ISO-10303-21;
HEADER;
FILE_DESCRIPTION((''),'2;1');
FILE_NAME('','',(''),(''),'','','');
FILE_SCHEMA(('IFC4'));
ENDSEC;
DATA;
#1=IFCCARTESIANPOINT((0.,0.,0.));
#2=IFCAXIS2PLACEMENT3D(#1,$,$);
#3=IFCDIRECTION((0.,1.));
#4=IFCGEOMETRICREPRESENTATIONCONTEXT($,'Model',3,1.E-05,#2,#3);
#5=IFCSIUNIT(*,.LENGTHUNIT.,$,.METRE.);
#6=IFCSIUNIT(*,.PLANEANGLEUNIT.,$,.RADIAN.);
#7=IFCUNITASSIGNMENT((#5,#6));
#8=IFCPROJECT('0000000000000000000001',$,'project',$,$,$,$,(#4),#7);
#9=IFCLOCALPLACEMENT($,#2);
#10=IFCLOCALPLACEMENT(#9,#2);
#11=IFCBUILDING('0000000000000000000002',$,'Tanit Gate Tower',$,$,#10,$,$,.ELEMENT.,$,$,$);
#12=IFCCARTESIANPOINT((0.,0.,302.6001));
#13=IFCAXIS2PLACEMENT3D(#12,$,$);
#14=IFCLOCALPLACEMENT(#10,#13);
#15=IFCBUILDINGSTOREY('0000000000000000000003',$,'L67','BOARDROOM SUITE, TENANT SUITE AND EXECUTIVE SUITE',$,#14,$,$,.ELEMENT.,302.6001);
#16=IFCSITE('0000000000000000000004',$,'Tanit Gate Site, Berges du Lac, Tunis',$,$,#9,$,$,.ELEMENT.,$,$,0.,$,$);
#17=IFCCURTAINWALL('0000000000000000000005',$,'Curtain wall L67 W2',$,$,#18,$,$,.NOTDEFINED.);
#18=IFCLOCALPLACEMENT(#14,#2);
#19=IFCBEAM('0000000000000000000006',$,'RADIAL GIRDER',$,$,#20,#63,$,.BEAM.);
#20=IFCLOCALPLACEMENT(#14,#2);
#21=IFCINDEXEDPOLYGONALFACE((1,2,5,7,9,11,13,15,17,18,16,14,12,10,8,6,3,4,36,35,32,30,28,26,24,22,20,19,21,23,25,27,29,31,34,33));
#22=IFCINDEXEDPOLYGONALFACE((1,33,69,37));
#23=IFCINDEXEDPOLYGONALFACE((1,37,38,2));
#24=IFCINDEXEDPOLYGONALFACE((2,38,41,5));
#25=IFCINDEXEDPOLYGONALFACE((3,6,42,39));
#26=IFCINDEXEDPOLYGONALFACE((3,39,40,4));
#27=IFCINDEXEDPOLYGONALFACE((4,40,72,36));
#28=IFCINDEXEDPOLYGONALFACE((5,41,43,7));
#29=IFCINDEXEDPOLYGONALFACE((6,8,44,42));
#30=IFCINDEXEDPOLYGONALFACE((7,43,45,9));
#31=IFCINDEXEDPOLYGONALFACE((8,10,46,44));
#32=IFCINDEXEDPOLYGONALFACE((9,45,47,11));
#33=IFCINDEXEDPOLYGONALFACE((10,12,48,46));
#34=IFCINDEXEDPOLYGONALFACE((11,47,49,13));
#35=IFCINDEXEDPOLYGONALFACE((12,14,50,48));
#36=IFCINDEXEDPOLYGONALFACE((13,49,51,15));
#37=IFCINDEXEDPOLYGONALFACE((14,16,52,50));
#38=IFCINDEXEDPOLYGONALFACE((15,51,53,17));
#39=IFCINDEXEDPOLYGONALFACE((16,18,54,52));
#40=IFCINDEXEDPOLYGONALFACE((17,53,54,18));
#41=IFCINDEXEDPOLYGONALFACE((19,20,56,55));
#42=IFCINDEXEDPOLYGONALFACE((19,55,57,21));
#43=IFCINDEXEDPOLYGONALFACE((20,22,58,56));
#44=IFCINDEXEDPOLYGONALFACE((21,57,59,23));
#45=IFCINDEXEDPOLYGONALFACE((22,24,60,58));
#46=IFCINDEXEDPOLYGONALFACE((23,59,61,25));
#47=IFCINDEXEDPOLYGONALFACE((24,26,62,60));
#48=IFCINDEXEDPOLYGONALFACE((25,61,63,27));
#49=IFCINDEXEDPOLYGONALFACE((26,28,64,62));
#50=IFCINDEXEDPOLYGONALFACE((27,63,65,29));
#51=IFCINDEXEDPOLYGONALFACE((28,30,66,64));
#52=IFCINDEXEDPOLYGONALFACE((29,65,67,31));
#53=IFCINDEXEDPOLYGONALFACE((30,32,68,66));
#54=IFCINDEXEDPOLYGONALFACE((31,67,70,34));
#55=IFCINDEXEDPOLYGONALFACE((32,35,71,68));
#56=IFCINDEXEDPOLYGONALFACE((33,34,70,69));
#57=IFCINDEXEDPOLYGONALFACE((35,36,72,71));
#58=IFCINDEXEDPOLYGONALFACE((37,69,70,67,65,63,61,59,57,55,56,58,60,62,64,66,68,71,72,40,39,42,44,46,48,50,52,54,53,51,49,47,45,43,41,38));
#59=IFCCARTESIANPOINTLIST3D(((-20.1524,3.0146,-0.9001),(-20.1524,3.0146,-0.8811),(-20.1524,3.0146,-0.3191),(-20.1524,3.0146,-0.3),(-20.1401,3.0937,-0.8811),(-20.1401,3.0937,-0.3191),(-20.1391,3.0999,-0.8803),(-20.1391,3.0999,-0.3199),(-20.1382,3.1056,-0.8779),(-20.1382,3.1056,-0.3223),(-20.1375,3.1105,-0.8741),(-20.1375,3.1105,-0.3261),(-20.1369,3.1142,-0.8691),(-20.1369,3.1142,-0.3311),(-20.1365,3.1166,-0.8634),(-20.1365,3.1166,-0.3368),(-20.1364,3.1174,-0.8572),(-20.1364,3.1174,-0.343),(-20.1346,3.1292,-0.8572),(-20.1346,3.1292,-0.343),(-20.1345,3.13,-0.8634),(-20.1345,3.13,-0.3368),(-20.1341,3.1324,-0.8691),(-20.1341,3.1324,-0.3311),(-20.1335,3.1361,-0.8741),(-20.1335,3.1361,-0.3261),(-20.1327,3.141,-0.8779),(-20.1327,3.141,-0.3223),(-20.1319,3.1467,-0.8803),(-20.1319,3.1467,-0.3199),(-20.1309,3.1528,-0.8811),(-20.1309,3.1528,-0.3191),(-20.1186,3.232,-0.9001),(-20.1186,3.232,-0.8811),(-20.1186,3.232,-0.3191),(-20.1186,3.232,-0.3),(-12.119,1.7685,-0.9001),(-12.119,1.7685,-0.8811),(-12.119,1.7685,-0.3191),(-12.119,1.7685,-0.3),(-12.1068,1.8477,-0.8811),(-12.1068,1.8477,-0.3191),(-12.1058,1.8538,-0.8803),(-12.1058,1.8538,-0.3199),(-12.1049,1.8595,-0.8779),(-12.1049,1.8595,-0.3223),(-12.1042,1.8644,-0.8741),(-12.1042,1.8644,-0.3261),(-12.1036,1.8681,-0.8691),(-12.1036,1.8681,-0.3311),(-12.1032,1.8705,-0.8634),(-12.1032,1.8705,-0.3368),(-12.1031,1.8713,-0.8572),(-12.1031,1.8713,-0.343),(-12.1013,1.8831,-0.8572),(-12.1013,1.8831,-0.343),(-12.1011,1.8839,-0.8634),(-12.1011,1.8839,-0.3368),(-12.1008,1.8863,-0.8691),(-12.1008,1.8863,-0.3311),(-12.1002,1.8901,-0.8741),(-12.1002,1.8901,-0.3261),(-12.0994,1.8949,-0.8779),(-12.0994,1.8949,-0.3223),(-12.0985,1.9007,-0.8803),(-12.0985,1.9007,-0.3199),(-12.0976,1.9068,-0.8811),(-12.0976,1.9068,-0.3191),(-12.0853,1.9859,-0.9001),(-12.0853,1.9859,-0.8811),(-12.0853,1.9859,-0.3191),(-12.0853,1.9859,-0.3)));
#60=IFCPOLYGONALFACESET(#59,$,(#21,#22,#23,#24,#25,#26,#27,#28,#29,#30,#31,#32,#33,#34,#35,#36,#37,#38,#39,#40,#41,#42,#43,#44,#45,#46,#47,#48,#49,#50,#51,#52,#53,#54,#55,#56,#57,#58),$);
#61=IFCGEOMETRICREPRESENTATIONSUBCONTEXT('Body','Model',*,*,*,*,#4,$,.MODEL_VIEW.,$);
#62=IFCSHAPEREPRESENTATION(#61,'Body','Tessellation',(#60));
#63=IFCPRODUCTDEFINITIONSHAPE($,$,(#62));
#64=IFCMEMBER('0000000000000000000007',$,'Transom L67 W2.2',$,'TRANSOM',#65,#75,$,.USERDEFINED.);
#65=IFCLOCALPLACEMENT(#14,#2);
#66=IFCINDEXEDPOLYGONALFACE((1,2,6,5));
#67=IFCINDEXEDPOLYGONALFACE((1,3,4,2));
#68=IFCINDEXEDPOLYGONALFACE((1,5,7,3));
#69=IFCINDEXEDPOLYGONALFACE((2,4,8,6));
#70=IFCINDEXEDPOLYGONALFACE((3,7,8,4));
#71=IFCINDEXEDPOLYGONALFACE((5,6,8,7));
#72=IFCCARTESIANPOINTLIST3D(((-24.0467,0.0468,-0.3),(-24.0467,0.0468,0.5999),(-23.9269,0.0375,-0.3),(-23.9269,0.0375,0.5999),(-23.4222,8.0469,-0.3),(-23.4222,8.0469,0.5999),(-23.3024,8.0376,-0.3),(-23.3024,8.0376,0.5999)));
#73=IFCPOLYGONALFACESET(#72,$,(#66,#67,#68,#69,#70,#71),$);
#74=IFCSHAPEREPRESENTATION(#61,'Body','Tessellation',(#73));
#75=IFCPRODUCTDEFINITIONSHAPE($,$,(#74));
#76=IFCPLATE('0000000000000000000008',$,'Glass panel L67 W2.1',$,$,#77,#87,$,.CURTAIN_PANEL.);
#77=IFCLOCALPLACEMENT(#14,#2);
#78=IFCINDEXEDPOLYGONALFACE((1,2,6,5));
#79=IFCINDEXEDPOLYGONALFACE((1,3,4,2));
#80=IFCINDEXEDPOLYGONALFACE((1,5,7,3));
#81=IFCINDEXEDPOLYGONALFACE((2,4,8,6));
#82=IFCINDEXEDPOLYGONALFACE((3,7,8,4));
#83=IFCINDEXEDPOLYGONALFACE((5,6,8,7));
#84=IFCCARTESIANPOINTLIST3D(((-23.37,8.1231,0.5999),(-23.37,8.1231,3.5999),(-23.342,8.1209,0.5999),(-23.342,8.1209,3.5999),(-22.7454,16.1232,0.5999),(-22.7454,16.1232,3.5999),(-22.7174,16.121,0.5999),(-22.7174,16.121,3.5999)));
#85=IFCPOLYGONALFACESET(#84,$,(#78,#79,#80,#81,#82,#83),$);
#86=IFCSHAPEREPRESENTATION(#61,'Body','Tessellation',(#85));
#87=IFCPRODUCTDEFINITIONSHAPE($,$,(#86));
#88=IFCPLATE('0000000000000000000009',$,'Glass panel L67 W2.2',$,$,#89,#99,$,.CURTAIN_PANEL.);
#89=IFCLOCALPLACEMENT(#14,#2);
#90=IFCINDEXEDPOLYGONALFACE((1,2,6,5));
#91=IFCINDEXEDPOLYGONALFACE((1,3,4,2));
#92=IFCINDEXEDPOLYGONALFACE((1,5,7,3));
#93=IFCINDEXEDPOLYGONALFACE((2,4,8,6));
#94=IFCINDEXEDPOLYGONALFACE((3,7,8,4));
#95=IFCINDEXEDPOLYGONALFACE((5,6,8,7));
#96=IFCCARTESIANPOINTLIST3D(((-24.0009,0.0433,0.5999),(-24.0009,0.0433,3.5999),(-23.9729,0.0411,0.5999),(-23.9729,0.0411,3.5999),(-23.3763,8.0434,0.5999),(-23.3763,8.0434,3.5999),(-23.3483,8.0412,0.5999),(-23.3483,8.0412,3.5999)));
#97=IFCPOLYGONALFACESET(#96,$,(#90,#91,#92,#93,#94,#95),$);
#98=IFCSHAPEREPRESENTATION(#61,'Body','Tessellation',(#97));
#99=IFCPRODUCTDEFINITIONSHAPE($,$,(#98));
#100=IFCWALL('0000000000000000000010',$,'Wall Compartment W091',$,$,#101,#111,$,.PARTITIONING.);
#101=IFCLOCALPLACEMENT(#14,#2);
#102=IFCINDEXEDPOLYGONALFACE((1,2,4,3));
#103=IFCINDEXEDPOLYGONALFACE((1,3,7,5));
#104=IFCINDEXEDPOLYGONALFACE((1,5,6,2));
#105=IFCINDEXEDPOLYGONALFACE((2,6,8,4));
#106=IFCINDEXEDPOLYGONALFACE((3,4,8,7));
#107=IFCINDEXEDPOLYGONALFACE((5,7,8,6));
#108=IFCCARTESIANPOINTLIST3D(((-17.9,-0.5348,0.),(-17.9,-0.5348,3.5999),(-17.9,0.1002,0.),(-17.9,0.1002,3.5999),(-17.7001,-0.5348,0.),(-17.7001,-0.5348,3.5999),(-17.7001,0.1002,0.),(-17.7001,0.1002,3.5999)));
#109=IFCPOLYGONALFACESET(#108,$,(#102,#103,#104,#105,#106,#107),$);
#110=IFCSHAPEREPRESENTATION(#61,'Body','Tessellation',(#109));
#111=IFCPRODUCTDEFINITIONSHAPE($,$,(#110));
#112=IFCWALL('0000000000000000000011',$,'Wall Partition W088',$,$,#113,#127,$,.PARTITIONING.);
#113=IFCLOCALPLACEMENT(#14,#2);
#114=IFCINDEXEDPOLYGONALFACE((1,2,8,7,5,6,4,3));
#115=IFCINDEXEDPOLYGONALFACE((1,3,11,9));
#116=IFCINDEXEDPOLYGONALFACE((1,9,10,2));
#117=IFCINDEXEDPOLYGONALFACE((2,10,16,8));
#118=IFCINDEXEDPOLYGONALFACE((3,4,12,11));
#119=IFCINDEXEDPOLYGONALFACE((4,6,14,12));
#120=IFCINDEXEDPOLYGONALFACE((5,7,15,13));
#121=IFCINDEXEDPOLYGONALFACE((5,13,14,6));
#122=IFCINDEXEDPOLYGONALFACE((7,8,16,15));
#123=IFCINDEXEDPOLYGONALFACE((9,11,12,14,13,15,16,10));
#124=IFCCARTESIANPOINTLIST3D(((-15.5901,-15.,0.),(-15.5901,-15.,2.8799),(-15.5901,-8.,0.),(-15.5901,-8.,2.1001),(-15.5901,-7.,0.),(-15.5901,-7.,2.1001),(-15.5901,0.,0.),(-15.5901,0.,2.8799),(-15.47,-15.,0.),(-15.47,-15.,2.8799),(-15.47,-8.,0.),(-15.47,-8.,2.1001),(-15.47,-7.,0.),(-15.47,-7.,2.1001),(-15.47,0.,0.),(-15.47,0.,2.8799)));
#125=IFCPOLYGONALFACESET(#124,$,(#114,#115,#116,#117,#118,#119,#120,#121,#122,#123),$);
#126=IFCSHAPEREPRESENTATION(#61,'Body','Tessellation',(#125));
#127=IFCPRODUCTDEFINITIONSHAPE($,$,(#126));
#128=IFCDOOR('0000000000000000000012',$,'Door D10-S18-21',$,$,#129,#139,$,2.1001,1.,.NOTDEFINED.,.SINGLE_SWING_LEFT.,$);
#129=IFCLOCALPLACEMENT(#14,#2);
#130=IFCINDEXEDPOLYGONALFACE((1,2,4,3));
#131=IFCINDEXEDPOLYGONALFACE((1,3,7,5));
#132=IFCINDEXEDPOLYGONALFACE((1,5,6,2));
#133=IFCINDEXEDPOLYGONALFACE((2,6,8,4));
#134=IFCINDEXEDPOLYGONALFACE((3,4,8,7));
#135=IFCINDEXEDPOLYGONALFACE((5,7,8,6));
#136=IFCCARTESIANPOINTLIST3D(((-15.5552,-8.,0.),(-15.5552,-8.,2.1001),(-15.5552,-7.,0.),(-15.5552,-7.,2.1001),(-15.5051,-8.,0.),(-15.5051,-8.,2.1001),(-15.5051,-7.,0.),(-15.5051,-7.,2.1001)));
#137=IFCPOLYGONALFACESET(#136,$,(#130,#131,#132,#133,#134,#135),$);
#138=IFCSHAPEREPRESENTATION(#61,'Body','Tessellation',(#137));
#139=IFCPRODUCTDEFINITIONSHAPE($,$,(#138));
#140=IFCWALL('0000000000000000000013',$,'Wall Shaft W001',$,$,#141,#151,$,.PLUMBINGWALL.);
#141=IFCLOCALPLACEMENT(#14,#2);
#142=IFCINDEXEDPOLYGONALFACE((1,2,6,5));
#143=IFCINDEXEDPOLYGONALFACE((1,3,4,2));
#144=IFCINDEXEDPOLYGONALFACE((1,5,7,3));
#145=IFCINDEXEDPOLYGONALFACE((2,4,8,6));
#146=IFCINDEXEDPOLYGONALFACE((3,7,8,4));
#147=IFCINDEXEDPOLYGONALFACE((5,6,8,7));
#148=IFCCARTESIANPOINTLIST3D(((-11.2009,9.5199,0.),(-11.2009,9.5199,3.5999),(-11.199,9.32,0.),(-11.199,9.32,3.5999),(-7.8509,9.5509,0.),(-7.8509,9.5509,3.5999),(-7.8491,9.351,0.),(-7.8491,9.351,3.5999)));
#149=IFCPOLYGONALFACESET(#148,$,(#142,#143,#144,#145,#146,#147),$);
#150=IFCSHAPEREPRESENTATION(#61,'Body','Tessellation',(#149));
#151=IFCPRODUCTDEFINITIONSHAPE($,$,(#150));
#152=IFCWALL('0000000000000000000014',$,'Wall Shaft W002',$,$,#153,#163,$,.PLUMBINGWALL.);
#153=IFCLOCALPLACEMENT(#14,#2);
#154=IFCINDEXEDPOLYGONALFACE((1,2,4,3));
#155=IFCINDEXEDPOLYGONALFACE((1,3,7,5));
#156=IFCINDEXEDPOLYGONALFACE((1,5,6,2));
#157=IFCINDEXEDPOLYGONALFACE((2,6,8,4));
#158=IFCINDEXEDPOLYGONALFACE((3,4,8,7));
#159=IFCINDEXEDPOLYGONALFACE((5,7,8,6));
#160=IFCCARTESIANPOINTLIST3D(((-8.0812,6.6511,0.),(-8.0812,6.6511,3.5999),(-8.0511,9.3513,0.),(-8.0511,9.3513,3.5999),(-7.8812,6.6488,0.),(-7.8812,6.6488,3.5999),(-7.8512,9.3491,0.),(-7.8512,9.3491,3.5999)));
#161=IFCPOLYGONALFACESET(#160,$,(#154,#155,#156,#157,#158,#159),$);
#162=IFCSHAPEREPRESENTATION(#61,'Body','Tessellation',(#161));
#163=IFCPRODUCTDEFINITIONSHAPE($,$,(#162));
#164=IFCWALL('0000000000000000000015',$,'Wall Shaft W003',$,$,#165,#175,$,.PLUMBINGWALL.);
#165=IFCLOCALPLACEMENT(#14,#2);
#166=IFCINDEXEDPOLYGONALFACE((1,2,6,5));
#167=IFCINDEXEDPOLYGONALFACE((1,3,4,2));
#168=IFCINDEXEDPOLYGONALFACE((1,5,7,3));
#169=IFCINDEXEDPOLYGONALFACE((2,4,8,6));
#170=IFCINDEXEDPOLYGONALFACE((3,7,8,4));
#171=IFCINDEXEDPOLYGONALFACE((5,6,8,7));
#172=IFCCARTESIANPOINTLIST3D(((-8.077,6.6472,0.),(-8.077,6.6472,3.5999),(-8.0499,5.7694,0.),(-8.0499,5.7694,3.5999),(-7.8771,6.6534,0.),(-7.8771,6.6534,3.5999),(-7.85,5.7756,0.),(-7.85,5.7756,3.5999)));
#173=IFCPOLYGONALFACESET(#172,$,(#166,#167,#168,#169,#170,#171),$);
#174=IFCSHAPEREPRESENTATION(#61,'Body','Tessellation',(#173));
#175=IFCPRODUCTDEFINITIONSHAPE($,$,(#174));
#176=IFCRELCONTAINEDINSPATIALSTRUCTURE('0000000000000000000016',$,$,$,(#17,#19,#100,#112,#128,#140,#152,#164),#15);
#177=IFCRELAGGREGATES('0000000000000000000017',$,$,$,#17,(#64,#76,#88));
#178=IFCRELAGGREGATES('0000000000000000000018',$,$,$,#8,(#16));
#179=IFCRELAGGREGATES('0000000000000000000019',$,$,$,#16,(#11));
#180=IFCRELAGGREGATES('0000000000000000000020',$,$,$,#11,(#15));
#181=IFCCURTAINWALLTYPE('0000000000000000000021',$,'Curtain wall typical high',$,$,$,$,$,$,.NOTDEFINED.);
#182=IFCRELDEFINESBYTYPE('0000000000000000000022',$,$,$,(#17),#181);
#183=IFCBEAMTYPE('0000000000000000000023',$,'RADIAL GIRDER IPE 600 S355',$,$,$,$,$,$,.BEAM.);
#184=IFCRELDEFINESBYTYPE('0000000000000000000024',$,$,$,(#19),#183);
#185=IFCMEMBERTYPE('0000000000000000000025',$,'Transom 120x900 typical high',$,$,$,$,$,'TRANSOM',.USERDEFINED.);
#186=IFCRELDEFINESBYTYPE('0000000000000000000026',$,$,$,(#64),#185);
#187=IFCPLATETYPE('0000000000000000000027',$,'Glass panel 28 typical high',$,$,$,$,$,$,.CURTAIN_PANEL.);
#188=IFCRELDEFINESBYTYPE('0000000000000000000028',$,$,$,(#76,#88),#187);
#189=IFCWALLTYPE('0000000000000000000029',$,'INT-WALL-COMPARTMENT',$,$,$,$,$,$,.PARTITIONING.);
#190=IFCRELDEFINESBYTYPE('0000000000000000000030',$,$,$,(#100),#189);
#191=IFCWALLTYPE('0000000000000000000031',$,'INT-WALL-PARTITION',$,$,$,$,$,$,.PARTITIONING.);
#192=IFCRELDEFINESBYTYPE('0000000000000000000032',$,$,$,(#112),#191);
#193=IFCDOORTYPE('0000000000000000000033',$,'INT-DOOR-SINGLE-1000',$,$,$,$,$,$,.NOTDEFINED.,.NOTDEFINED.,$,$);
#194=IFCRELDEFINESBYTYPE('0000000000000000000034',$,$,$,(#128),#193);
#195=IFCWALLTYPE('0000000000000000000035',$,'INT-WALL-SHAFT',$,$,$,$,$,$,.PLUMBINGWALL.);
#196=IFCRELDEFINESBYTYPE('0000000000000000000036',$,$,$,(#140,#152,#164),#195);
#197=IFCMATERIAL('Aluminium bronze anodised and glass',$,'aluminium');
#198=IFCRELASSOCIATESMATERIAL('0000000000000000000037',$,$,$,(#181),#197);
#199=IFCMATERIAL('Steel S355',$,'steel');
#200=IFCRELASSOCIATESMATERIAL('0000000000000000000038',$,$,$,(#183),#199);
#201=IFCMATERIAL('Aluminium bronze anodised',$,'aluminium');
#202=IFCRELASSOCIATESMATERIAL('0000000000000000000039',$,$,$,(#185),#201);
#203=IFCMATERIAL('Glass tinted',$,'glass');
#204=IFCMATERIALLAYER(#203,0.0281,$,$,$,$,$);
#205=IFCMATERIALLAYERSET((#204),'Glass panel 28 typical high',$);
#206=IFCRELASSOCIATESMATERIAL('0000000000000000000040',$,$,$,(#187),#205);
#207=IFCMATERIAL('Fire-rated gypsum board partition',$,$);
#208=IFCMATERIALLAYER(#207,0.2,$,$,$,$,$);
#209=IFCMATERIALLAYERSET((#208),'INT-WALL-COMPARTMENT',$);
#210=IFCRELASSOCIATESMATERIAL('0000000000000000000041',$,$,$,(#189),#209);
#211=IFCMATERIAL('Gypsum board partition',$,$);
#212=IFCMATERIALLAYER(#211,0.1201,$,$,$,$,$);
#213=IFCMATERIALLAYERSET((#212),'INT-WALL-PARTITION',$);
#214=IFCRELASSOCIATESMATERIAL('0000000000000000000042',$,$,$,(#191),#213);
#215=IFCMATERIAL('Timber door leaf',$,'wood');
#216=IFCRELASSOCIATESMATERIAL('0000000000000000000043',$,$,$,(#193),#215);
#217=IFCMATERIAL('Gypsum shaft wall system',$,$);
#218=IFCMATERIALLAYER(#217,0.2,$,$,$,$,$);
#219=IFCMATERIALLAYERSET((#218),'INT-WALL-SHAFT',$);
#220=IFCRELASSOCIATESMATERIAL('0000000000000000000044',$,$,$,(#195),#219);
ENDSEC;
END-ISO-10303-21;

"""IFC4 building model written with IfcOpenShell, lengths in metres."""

from ifc_helpers import new_model, si_unit, direction, frame, frame_2d, origin, origin_2d, place, context, subcontext, project, spatial, rectangle, i_section, extrude, material, layer, layer_set, material_profile, profile_set, type_object, element, fill, aggregate, save


model = new_model("IFC4")

# Units and contexts
model_context = context("Model", 3, precision=1e-05, world=origin(), true_north=direction((0.0, 1.0)))
body_context = subcontext(model_context, "Body", "Model", "MODEL_VIEW")
ifc_project = project(units=[si_unit("LENGTHUNIT", "METRE"), si_unit("PLANEANGLEUNIT", "RADIAN")], contexts=[model_context])

# Site, building, storey
site_placement = place(None, origin())
site = spatial("IfcSite", under=ifc_project, at=site_placement, Name="Tanit Gate Site, Berges du Lac, Tunis", CompositionType="ELEMENT", RefElevation=0.0)
building_placement = place(site_placement, origin())
building = spatial("IfcBuilding", under=site, at=building_placement, Name="Tanit Gate Tower", CompositionType="ELEMENT")
storey_placement = place(building_placement, frame((0.0, 0.0, 302.6001)))
storey = spatial("IfcBuildingStorey", under=building, at=storey_placement, Name="L67", Description="BOARDROOM SUITE, TENANT SUITE AND EXECUTIVE SUITE", CompositionType="ELEMENT", Elevation=302.6001)

# Curtain wall
ifc_material_1 = material(Name="Aluminium bronze anodised and glass", Category="aluminium")
curtain_wall_type = type_object("IfcCurtainWallType", Name="Curtain wall typical high", PredefinedType="NOTDEFINED", material=ifc_material_1)
curtain_wall_placement = place(storey_placement, origin())
curtain_wall = element("IfcCurtainWall", 1, at=curtain_wall_placement, inside=storey, type_object=curtain_wall_type, Name="Curtain wall L67 W2", PredefinedType="NOTDEFINED")

# Beam
ifc_material_2 = material(Name="Steel S355", Category="steel")
ifc_material_profile_1 = material_profile(ifc_material_2, i_section(OverallWidth=0.22, OverallDepth=0.6001, WebThickness=0.012, FlangeThickness=0.019, FilletRadius=0.0239, at=origin_2d()), Name="IPE 600")
ifc_profile_set_1 = profile_set([ifc_material_profile_1], Name="Steel S355")
beam_type_1 = type_object("IfcBeamType", Name="RADIAL GIRDER IPE 600 S355", PredefinedType="BEAM", material=ifc_profile_set_1)
beam_1_placement = place(storey_placement, frame((-20.1355, 3.1233, -0.6001), z_axis=(0.988183, -0.15328, 0.0), x_axis=(0.15328, 0.988183, 0.0)))
element("IfcBeam", 2, at=beam_1_placement, inside=storey, type_object=beam_type_1, Name="RADIAL GIRDER", PredefinedType="BEAM", context=body_context, shape_type="SweptSolid", body=[
    extrude(i_section(OverallWidth=0.22, OverallDepth=0.6001, WebThickness=0.012, FlangeThickness=0.019, FilletRadius=0.0239, at=origin_2d()), origin(), (0.0, 0.0, 1.0), 8.1294),
])

# Member
ifc_material_3 = material(Name="Aluminium bronze anodised", Category="aluminium")
ifc_material_profile_2 = material_profile(ifc_material_3, rectangle(XDim=0.1201, YDim=0.8999, at=origin_2d()), Name="120x900 bronze transom")
ifc_profile_set_2 = profile_set([ifc_material_profile_2], Name="Aluminium bronze anodised")
member_type_1 = type_object("IfcMemberType", Name="Transom 120x900 typical high", ElementType="TRANSOM", PredefinedType="USERDEFINED", material=ifc_profile_set_2)
member_1_placement = place(storey_placement, frame((-23.3623, 8.0422, 0.1499), z_axis=(-0.077827, -0.996967, 0.0), x_axis=(0.996967, -0.077827, 0.0)))
member_1 = element("IfcMember", 3, at=member_1_placement, type_object=member_type_1, Name="Transom L67 W2.2", ObjectType="TRANSOM", PredefinedType="USERDEFINED", context=body_context, shape_type="SweptSolid", body=[
    extrude(rectangle(XDim=0.1201, YDim=0.8999, at=origin_2d()), origin(), (0.0, 0.0, 1.0), 8.0244),
])

# Plates
ifc_material_4 = material(Name="Glass tinted", Category="glass")
ifc_layer_1 = layer(ifc_material_4, 0.0281)
ifc_layer_set_1 = layer_set([ifc_layer_1], Name="Glass panel 28 typical high")
plate_type = type_object("IfcPlateType", Name="Glass panel 28 typical high", PredefinedType="CURTAIN_PANEL", material=ifc_layer_set_1)
plate_1_placement = place(storey_placement, frame((-23.0437, 12.1221, 0.5999), z_axis=(0.0, 0.0, 1.0), x_axis=(-0.077839, -0.996966, 0.0)))
plate_1 = element("IfcPlate", 4, at=plate_1_placement, type_object=plate_type, Name="Glass panel L67 W2.1", PredefinedType="CURTAIN_PANEL", context=body_context, shape_type="SweptSolid", body=[
    extrude(rectangle(XDim=8.0244, YDim=0.0281, at=origin_2d()), origin(), (0.0, 0.0, 1.0), 3.0),
])
plate_2_placement = place(storey_placement, frame((-23.6746, 4.0422, 0.5999), z_axis=(0.0, 0.0, 1.0), x_axis=(-0.077839, -0.996966, 0.0)))
plate_2 = element("IfcPlate", 5, at=plate_2_placement, type_object=plate_type, Name="Glass panel L67 W2.2", PredefinedType="CURTAIN_PANEL", context=body_context, shape_type="SweptSolid", body=[
    extrude(rectangle(XDim=8.0244, YDim=0.0281, at=origin_2d()), origin(), (0.0, 0.0, 1.0), 3.0),
])
aggregate(curtain_wall, [member_1, plate_1, plate_2])

# Wall
ifc_material_5 = material(Name="Fire-rated gypsum board partition")
ifc_layer_2 = layer(ifc_material_5, 0.2)
ifc_layer_set_2 = layer_set([ifc_layer_2], Name="INT-WALL-COMPARTMENT")
wall_type_1 = type_object("IfcWallType", Name="INT-WALL-COMPARTMENT", PredefinedType="PARTITIONING", material=ifc_layer_set_2)
wall_1_placement = place(storey_placement, frame((-17.8, 0.1001, 0.0), z_axis=(0.0, 0.0, 1.0), x_axis=(0.0, -1.0, 0.0)))
element("IfcWall", 6, at=wall_1_placement, inside=storey, type_object=wall_type_1, Name="Wall Compartment W091", PredefinedType="PARTITIONING", context=body_context, shape_type="SweptSolid", body=[
    extrude(rectangle(XDim=0.635, YDim=0.2, at=frame_2d((0.3174, 0.0))), origin(), (0.0, 0.0, 1.0), 3.5999),
])

# Wall, opening, door
ifc_material_6 = material(Name="Gypsum board partition")
ifc_layer_3 = layer(ifc_material_6, 0.1201)
ifc_layer_set_3 = layer_set([ifc_layer_3], Name="INT-WALL-PARTITION")
wall_type_2 = type_object("IfcWallType", Name="INT-WALL-PARTITION", PredefinedType="PARTITIONING", material=ifc_layer_set_3)
wall_2_placement = place(storey_placement, frame((-15.53, 0.0, 0.0), z_axis=(0.0, 0.0, 1.0), x_axis=(0.0, -1.0, 0.0)))
wall_2 = element("IfcWall", 7, at=wall_2_placement, inside=storey, type_object=wall_type_2, Name="Wall Partition W088", PredefinedType="PARTITIONING", context=body_context, shape_type="SweptSolid", body=[
    extrude(rectangle(XDim=15.0, YDim=0.1201, at=frame_2d((7.5, 0.0))), origin(), (0.0, 0.0, 1.0), 2.8799),
])
opening_placement = place(wall_2_placement, frame((7.0, 0.0, 0.0)))
opening = element("IfcOpeningElement", 8, at=opening_placement, cuts=wall_2, PredefinedType="OPENING", context=body_context, shape_type="SweptSolid", body=[
    extrude(rectangle(XDim=1.0, YDim=2.1001, at=frame_2d((0.5, 1.05))), frame((0.0, 0.0701, 0.0), z_axis=(0.0, -1.0, 0.0), x_axis=(1.0, 0.0, 0.0)), (0.0, 0.0, 1.0), 0.1401),
])
ifc_material_7 = material(Name="Timber door leaf", Category="wood")
door_type = type_object("IfcDoorType", Name="INT-DOOR-SINGLE-1000", OperationType="NOTDEFINED", PredefinedType="NOTDEFINED", material=ifc_material_7)
door_placement = place(opening_placement, origin())
door = element("IfcDoor", 9, at=door_placement, inside=storey, type_object=door_type, Name="Door D10-S18-21", OperationType="SINGLE_SWING_LEFT", OverallHeight=2.1001, OverallWidth=1.0, PredefinedType="NOTDEFINED", context=body_context, shape_type="SweptSolid", body=[
    extrude(rectangle(XDim=1.0, YDim=2.1001, at=frame_2d((0.5, 1.05))), frame((0.0, 0.0249, 0.0), z_axis=(0.0, -1.0, 0.0), x_axis=(1.0, 0.0, 0.0)), (0.0, 0.0, 1.0), 0.05),
])
fill(opening, door)

# Walls
ifc_material_8 = material(Name="Gypsum shaft wall system")
ifc_layer_4 = layer(ifc_material_8, 0.2)
ifc_layer_set_4 = layer_set([ifc_layer_4], Name="INT-WALL-SHAFT")
wall_type_3 = type_object("IfcWallType", Name="INT-WALL-SHAFT", PredefinedType="PLUMBINGWALL", material=ifc_layer_set_4)
wall_3_placement = place(storey_placement, frame((-11.2, 9.4199, 0.0), z_axis=(0.0, 0.0, 1.0), x_axis=(0.999957, 0.009255, 0.0)))
element("IfcWall", 10, at=wall_3_placement, inside=storey, type_object=wall_type_3, Name="Wall Shaft W001", PredefinedType="PLUMBINGWALL", context=body_context, shape_type="SweptSolid", body=[
    extrude(rectangle(XDim=3.3501, YDim=0.2, at=frame_2d((1.675, 0.0))), origin(), (0.0, 0.0, 1.0), 3.5999),
])
wall_4_placement = place(storey_placement, frame((-7.9512, 9.3501, 0.0), z_axis=(0.0, 0.0, 1.0), x_axis=(-0.01112, -0.999938, 0.0)))
element("IfcWall", 11, at=wall_4_placement, inside=storey, type_object=wall_type_3, Name="Wall Shaft W002", PredefinedType="PLUMBINGWALL", context=body_context, shape_type="SweptSolid", body=[
    extrude(rectangle(XDim=2.7004, YDim=0.2, at=frame_2d((1.3501, 0.0))), origin(), (0.0, 0.0, 1.0), 3.5999),
])
wall_5_placement = place(storey_placement, frame((-7.9771, 6.6501, 0.0), z_axis=(0.0, 0.0, 1.0), x_axis=(0.030862, -0.999524, 0.0)))
element("IfcWall", 12, at=wall_5_placement, inside=storey, type_object=wall_type_3, Name="Wall Shaft W003", PredefinedType="PLUMBINGWALL", context=body_context, shape_type="SweptSolid", body=[
    extrude(rectangle(XDim=0.8782, YDim=0.2, at=frame_2d((0.439, 0.0))), origin(), (0.0, 0.0, 1.0), 3.5999),
])

save(model, "model.ifc")
